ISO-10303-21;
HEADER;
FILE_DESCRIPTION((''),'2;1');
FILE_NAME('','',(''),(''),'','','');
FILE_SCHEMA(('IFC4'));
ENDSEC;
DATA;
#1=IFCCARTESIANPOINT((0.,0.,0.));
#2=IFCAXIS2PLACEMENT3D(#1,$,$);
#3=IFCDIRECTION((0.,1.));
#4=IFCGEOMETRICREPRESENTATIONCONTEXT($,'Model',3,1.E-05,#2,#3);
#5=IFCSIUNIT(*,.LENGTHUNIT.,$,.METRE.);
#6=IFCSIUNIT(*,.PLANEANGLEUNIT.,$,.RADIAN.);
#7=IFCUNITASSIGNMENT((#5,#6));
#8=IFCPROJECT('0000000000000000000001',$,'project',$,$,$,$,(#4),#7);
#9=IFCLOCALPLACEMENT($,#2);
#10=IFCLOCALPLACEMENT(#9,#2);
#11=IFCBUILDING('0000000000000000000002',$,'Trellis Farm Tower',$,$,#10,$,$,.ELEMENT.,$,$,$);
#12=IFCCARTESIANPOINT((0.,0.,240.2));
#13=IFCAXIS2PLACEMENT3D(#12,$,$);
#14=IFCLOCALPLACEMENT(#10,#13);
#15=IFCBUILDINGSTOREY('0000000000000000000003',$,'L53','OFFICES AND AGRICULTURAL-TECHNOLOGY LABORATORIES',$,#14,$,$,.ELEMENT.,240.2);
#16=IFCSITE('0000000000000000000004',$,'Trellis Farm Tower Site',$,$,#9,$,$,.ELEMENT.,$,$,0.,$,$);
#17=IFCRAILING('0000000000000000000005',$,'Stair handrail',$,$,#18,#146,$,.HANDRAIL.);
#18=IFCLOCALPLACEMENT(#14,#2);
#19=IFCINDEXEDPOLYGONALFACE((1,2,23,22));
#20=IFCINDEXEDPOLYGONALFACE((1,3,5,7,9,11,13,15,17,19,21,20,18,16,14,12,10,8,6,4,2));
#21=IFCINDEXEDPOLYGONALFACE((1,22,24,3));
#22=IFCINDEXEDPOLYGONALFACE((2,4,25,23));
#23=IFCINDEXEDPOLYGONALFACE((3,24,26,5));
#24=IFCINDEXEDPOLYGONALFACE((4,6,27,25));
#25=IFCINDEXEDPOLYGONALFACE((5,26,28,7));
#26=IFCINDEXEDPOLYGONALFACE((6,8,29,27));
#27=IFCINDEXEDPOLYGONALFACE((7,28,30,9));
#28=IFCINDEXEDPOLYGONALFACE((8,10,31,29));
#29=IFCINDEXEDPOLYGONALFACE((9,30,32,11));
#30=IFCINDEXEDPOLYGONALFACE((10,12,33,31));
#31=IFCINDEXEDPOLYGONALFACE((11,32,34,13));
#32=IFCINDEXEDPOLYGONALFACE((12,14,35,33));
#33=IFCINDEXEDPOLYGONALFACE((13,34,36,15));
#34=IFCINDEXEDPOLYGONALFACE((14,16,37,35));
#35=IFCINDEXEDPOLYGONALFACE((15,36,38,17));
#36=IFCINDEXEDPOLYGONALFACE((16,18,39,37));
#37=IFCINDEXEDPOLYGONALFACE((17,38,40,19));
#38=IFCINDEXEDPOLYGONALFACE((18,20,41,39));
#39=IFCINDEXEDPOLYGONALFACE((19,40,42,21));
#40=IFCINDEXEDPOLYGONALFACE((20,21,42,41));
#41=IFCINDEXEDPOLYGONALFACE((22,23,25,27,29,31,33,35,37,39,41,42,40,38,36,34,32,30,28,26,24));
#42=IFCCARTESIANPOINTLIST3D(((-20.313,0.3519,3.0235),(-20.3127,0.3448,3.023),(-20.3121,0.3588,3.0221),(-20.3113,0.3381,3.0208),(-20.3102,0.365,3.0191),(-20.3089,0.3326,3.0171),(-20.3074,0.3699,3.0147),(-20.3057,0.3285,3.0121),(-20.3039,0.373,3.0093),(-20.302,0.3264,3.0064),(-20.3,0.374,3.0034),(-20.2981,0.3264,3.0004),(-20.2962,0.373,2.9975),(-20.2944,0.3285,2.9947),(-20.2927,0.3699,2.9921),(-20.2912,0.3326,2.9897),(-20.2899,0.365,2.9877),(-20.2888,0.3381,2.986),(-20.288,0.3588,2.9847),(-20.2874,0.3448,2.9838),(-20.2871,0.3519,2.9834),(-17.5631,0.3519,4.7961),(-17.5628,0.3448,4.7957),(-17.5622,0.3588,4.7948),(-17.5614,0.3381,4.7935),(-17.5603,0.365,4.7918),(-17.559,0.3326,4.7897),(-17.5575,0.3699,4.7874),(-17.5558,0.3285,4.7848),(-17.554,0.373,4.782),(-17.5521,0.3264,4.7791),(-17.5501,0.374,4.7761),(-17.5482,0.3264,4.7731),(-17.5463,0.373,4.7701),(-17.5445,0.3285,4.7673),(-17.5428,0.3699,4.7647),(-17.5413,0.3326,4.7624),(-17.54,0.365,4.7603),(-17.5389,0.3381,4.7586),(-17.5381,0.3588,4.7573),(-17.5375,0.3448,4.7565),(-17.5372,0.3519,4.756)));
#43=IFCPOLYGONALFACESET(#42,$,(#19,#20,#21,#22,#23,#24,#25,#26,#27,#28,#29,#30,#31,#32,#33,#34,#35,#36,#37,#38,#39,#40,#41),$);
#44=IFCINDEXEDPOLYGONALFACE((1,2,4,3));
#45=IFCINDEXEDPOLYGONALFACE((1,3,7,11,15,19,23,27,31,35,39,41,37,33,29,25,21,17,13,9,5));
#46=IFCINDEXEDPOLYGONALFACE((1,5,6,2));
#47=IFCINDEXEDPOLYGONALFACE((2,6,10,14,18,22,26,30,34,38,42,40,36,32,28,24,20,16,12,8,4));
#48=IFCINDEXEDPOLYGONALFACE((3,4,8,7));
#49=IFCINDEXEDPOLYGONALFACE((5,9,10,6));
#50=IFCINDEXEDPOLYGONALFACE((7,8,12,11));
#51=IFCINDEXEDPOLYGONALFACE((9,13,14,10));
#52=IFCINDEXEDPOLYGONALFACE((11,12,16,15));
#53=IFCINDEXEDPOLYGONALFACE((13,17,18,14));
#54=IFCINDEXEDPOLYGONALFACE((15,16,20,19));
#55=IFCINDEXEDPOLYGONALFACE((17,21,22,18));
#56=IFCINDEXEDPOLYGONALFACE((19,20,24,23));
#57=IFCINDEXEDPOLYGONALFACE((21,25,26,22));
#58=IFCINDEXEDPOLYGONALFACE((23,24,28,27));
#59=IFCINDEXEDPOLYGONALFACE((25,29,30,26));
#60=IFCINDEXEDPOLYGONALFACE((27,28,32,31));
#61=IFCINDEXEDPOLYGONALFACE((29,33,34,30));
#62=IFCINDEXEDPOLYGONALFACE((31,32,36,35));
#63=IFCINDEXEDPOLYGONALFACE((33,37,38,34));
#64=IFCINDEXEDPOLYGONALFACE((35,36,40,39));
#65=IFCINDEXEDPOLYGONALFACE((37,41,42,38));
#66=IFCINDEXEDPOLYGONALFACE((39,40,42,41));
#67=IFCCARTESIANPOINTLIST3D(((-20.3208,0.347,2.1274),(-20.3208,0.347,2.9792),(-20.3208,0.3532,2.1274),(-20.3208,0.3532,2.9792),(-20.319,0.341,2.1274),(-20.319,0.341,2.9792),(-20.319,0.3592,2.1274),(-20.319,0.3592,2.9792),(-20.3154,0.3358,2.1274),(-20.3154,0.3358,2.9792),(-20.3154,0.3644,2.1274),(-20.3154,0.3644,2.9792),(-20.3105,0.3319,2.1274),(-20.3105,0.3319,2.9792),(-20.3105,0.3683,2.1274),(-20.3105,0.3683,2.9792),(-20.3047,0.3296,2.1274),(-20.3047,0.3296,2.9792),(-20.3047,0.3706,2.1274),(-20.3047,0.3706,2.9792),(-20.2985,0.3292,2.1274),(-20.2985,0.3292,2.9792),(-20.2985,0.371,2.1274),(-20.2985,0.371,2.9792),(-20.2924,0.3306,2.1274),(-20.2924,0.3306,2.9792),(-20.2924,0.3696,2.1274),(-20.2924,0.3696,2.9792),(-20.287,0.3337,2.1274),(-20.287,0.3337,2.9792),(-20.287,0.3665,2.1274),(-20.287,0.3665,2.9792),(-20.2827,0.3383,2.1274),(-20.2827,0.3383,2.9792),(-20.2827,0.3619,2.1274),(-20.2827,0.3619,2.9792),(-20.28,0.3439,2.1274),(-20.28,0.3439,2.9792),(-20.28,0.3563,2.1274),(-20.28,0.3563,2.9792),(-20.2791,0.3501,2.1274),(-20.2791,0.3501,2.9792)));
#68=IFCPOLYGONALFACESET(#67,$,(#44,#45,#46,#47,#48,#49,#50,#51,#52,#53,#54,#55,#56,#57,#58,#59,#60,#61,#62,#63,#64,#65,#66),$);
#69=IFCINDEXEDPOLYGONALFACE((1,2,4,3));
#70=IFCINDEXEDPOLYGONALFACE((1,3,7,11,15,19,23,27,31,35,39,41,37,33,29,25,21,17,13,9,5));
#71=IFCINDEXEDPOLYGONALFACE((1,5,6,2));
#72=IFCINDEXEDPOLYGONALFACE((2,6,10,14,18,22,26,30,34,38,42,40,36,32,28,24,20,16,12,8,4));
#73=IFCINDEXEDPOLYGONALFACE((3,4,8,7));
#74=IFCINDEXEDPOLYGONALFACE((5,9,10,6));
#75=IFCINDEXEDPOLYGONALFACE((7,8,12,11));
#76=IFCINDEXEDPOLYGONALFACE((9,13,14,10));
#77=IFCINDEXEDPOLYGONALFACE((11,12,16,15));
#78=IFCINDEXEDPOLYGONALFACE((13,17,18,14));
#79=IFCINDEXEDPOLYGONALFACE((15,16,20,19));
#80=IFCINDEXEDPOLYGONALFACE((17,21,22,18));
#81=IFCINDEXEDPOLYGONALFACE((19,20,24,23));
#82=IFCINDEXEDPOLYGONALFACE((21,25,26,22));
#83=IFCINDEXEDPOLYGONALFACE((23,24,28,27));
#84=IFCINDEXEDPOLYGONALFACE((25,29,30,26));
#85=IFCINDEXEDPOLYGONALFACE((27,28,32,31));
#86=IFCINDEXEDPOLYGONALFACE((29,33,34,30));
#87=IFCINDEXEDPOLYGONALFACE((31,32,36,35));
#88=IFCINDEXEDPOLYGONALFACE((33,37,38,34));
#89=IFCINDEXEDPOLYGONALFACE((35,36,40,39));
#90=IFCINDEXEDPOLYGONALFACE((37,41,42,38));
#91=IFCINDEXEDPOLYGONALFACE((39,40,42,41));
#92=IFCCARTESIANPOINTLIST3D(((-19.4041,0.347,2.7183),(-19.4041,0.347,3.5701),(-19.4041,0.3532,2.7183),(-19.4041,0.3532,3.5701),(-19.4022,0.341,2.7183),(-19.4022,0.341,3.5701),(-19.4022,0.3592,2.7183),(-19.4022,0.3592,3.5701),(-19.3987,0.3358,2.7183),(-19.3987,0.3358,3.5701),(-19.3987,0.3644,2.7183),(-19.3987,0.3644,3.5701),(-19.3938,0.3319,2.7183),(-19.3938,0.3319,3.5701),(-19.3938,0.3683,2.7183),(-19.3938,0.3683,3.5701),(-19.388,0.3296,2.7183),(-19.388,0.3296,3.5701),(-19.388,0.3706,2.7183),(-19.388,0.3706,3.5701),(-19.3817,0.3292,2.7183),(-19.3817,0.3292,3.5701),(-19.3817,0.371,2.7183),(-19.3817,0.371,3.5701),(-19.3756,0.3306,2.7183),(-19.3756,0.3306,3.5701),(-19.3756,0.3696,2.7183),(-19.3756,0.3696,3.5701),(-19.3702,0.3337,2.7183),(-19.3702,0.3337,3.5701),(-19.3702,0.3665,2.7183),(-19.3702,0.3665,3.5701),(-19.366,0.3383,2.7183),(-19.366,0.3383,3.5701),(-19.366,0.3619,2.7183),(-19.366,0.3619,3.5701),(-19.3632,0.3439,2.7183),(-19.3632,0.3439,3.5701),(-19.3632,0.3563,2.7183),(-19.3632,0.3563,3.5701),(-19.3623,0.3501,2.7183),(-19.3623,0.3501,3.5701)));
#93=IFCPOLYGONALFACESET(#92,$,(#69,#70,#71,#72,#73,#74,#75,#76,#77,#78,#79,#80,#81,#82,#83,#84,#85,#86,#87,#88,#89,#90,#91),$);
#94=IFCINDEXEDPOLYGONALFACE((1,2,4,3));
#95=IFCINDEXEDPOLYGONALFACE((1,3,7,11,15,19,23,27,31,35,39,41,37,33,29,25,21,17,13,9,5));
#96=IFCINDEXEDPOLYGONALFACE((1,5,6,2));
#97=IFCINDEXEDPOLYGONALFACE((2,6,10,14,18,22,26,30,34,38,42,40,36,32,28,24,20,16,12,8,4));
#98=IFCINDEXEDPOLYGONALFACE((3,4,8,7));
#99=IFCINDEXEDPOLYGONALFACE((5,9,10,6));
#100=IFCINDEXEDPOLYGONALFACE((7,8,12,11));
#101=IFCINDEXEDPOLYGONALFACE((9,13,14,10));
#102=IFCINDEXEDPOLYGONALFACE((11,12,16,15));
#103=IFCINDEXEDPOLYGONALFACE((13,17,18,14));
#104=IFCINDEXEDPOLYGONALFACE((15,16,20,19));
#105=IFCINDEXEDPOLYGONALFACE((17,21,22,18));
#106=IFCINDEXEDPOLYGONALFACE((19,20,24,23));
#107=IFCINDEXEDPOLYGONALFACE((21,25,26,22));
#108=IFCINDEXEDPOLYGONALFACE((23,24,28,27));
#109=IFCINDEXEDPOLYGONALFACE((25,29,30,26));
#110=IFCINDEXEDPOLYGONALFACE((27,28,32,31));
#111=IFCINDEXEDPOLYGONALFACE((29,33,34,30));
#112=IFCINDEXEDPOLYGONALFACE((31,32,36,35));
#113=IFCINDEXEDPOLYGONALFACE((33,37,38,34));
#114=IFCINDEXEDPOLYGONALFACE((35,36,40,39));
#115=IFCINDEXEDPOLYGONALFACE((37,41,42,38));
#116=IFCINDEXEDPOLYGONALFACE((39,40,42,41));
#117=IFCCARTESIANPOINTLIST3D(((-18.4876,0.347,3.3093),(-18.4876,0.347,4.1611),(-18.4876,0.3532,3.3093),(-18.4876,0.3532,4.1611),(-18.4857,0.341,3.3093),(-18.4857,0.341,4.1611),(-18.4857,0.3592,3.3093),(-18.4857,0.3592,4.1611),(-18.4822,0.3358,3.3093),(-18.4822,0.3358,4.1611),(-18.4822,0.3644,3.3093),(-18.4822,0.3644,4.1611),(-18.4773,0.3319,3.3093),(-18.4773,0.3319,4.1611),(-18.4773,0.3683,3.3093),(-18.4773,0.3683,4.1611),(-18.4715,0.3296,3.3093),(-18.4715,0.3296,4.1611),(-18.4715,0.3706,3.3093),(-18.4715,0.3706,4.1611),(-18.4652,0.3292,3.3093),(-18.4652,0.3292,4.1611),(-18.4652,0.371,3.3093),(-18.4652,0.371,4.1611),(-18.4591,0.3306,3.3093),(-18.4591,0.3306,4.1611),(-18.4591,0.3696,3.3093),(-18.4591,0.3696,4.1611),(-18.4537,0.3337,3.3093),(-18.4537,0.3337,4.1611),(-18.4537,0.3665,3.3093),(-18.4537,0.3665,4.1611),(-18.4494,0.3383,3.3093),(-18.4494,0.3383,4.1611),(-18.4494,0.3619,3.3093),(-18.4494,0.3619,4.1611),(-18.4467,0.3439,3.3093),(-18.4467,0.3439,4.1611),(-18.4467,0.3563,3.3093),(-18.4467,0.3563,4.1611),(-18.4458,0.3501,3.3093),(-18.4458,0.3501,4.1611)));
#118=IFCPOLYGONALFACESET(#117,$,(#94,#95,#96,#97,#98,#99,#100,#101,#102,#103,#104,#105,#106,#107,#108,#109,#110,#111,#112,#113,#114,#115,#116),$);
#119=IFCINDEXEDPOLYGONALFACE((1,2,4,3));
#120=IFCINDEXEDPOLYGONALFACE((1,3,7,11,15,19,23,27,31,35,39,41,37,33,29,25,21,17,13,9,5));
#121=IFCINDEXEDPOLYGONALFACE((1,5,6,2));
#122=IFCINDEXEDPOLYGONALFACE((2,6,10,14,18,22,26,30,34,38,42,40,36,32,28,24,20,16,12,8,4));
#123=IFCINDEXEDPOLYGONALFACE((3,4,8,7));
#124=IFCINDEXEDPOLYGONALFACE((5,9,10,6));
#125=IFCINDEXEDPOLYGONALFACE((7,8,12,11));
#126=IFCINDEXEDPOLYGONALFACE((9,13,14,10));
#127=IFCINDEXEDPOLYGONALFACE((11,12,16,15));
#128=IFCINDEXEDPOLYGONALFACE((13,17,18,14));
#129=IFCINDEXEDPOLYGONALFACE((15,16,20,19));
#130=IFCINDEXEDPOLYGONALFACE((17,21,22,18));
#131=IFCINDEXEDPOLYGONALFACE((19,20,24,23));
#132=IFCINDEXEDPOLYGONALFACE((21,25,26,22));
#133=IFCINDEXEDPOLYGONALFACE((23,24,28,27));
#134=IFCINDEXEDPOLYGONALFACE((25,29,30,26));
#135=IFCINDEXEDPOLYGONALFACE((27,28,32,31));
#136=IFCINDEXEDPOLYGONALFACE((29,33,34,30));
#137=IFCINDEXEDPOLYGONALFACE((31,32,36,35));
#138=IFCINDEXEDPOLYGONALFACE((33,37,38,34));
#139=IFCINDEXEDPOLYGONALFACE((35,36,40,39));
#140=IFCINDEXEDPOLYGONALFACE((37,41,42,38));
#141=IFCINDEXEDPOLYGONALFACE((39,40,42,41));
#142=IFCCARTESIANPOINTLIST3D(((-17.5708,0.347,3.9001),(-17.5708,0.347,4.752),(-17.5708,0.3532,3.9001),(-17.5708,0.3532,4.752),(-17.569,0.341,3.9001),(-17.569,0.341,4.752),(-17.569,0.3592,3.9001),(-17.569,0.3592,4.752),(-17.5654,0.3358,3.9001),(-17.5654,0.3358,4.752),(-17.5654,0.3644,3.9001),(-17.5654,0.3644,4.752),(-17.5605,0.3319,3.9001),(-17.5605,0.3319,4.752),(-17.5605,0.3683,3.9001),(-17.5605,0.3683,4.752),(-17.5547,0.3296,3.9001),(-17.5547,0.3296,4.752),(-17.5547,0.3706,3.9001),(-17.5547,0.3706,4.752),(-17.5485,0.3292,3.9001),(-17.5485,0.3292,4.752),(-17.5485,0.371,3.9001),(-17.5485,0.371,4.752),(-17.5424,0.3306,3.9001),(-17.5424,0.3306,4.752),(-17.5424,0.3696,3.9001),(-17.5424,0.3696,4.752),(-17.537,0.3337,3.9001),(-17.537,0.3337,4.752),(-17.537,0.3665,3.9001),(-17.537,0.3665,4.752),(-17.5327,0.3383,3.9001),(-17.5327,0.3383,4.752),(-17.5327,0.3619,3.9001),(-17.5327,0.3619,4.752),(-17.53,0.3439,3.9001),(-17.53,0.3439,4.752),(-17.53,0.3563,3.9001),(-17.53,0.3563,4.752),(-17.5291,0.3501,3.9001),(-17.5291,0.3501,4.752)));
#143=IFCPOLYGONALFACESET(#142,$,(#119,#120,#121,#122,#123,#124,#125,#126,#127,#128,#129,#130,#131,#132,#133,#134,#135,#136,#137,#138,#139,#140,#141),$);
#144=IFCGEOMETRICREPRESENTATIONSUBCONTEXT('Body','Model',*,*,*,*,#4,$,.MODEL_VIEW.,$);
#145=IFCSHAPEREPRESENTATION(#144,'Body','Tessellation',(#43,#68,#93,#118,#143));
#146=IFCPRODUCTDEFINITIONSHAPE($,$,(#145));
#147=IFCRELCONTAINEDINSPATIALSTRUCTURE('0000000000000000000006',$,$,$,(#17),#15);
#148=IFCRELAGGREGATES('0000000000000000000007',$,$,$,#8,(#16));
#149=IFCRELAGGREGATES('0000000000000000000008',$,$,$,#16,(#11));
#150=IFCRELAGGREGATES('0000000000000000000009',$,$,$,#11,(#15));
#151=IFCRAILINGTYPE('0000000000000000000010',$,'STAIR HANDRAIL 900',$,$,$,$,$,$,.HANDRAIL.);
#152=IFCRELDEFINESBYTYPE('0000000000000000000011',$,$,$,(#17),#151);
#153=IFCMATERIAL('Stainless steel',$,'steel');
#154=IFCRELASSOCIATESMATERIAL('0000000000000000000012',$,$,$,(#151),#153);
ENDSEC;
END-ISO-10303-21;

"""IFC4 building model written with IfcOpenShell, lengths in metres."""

from ifc_helpers import new_model, si_unit, direction, frame, origin, origin_2d, place, context, subcontext, project, spatial, circle, extrude, source, transform, mapped, material, type_object, element, save


model = new_model("IFC4")

# Units and contexts
model_context = context("Model", 3, precision=1e-05, world=origin(), true_north=direction((0.0, 1.0)))
body_context = subcontext(model_context, "Body", "Model", "MODEL_VIEW")
ifc_project = project(units=[si_unit("LENGTHUNIT", "METRE"), si_unit("PLANEANGLEUNIT", "RADIAN")], contexts=[model_context])

# Site, building, storey
site_placement = place(None, origin())
site = spatial("IfcSite", under=ifc_project, at=site_placement, Name="Trellis Farm Tower Site", CompositionType="ELEMENT", RefElevation=0.0)
building_placement = place(site_placement, origin())
building = spatial("IfcBuilding", under=site, at=building_placement, Name="Trellis Farm Tower", CompositionType="ELEMENT")
storey_placement = place(building_placement, frame((0.0, 0.0, 240.2)))
storey = spatial("IfcBuildingStorey", under=building, at=storey_placement, Name="L53", Description="OFFICES AND AGRICULTURAL-TECHNOLOGY LABORATORIES", CompositionType="ELEMENT", Elevation=240.2)

# Railing
ifc_material_1 = material(Name="Stainless steel", Category="steel")
railing_type = type_object("IfcRailingType", Name="STAIR HANDRAIL 900", PredefinedType="HANDRAIL", material=ifc_material_1)
shared_shape_1 = source(origin(), body_context, "Body", "SweptSolid", [
    extrude(circle(Radius=0.0239, at=origin_2d()), frame((0.0, 0.0, 0.876), z_axis=(0.840504, 0.0, 0.541806), x_axis=(0.0, 1.0, 0.0)), (0.0, 0.0, 1.0), 3.2717),
    extrude(circle(Radius=0.021, at=origin_2d()), origin(), (0.0, 0.0, 1.0), 0.8518),
    extrude(circle(Radius=0.021, at=origin_2d()), frame((0.9167, 0.0, 0.5908)), (0.0, 0.0, 1.0), 0.8518),
    extrude(circle(Radius=0.021, at=origin_2d()), frame((1.8333, 0.0, 1.1819)), (0.0, 0.0, 1.0), 0.8518),
    extrude(circle(Radius=0.021, at=origin_2d()), frame((2.75, 0.0, 1.7727)), (0.0, 0.0, 1.0), 0.8518),
])
for number, where, name in (
    (1, (-20.3, 0.3501, 2.1274), "Stair handrail"),
):
    element("IfcRailing", number, at=place(storey_placement, frame(where)), inside=storey, type_object=railing_type, Name=name, PredefinedType="HANDRAIL", context=body_context, shape_type="MappedRepresentation", body=[
        mapped(shared_shape_1, transform((0.0, 0.0, 0.0))),
    ])

save(model, "model.ifc")
